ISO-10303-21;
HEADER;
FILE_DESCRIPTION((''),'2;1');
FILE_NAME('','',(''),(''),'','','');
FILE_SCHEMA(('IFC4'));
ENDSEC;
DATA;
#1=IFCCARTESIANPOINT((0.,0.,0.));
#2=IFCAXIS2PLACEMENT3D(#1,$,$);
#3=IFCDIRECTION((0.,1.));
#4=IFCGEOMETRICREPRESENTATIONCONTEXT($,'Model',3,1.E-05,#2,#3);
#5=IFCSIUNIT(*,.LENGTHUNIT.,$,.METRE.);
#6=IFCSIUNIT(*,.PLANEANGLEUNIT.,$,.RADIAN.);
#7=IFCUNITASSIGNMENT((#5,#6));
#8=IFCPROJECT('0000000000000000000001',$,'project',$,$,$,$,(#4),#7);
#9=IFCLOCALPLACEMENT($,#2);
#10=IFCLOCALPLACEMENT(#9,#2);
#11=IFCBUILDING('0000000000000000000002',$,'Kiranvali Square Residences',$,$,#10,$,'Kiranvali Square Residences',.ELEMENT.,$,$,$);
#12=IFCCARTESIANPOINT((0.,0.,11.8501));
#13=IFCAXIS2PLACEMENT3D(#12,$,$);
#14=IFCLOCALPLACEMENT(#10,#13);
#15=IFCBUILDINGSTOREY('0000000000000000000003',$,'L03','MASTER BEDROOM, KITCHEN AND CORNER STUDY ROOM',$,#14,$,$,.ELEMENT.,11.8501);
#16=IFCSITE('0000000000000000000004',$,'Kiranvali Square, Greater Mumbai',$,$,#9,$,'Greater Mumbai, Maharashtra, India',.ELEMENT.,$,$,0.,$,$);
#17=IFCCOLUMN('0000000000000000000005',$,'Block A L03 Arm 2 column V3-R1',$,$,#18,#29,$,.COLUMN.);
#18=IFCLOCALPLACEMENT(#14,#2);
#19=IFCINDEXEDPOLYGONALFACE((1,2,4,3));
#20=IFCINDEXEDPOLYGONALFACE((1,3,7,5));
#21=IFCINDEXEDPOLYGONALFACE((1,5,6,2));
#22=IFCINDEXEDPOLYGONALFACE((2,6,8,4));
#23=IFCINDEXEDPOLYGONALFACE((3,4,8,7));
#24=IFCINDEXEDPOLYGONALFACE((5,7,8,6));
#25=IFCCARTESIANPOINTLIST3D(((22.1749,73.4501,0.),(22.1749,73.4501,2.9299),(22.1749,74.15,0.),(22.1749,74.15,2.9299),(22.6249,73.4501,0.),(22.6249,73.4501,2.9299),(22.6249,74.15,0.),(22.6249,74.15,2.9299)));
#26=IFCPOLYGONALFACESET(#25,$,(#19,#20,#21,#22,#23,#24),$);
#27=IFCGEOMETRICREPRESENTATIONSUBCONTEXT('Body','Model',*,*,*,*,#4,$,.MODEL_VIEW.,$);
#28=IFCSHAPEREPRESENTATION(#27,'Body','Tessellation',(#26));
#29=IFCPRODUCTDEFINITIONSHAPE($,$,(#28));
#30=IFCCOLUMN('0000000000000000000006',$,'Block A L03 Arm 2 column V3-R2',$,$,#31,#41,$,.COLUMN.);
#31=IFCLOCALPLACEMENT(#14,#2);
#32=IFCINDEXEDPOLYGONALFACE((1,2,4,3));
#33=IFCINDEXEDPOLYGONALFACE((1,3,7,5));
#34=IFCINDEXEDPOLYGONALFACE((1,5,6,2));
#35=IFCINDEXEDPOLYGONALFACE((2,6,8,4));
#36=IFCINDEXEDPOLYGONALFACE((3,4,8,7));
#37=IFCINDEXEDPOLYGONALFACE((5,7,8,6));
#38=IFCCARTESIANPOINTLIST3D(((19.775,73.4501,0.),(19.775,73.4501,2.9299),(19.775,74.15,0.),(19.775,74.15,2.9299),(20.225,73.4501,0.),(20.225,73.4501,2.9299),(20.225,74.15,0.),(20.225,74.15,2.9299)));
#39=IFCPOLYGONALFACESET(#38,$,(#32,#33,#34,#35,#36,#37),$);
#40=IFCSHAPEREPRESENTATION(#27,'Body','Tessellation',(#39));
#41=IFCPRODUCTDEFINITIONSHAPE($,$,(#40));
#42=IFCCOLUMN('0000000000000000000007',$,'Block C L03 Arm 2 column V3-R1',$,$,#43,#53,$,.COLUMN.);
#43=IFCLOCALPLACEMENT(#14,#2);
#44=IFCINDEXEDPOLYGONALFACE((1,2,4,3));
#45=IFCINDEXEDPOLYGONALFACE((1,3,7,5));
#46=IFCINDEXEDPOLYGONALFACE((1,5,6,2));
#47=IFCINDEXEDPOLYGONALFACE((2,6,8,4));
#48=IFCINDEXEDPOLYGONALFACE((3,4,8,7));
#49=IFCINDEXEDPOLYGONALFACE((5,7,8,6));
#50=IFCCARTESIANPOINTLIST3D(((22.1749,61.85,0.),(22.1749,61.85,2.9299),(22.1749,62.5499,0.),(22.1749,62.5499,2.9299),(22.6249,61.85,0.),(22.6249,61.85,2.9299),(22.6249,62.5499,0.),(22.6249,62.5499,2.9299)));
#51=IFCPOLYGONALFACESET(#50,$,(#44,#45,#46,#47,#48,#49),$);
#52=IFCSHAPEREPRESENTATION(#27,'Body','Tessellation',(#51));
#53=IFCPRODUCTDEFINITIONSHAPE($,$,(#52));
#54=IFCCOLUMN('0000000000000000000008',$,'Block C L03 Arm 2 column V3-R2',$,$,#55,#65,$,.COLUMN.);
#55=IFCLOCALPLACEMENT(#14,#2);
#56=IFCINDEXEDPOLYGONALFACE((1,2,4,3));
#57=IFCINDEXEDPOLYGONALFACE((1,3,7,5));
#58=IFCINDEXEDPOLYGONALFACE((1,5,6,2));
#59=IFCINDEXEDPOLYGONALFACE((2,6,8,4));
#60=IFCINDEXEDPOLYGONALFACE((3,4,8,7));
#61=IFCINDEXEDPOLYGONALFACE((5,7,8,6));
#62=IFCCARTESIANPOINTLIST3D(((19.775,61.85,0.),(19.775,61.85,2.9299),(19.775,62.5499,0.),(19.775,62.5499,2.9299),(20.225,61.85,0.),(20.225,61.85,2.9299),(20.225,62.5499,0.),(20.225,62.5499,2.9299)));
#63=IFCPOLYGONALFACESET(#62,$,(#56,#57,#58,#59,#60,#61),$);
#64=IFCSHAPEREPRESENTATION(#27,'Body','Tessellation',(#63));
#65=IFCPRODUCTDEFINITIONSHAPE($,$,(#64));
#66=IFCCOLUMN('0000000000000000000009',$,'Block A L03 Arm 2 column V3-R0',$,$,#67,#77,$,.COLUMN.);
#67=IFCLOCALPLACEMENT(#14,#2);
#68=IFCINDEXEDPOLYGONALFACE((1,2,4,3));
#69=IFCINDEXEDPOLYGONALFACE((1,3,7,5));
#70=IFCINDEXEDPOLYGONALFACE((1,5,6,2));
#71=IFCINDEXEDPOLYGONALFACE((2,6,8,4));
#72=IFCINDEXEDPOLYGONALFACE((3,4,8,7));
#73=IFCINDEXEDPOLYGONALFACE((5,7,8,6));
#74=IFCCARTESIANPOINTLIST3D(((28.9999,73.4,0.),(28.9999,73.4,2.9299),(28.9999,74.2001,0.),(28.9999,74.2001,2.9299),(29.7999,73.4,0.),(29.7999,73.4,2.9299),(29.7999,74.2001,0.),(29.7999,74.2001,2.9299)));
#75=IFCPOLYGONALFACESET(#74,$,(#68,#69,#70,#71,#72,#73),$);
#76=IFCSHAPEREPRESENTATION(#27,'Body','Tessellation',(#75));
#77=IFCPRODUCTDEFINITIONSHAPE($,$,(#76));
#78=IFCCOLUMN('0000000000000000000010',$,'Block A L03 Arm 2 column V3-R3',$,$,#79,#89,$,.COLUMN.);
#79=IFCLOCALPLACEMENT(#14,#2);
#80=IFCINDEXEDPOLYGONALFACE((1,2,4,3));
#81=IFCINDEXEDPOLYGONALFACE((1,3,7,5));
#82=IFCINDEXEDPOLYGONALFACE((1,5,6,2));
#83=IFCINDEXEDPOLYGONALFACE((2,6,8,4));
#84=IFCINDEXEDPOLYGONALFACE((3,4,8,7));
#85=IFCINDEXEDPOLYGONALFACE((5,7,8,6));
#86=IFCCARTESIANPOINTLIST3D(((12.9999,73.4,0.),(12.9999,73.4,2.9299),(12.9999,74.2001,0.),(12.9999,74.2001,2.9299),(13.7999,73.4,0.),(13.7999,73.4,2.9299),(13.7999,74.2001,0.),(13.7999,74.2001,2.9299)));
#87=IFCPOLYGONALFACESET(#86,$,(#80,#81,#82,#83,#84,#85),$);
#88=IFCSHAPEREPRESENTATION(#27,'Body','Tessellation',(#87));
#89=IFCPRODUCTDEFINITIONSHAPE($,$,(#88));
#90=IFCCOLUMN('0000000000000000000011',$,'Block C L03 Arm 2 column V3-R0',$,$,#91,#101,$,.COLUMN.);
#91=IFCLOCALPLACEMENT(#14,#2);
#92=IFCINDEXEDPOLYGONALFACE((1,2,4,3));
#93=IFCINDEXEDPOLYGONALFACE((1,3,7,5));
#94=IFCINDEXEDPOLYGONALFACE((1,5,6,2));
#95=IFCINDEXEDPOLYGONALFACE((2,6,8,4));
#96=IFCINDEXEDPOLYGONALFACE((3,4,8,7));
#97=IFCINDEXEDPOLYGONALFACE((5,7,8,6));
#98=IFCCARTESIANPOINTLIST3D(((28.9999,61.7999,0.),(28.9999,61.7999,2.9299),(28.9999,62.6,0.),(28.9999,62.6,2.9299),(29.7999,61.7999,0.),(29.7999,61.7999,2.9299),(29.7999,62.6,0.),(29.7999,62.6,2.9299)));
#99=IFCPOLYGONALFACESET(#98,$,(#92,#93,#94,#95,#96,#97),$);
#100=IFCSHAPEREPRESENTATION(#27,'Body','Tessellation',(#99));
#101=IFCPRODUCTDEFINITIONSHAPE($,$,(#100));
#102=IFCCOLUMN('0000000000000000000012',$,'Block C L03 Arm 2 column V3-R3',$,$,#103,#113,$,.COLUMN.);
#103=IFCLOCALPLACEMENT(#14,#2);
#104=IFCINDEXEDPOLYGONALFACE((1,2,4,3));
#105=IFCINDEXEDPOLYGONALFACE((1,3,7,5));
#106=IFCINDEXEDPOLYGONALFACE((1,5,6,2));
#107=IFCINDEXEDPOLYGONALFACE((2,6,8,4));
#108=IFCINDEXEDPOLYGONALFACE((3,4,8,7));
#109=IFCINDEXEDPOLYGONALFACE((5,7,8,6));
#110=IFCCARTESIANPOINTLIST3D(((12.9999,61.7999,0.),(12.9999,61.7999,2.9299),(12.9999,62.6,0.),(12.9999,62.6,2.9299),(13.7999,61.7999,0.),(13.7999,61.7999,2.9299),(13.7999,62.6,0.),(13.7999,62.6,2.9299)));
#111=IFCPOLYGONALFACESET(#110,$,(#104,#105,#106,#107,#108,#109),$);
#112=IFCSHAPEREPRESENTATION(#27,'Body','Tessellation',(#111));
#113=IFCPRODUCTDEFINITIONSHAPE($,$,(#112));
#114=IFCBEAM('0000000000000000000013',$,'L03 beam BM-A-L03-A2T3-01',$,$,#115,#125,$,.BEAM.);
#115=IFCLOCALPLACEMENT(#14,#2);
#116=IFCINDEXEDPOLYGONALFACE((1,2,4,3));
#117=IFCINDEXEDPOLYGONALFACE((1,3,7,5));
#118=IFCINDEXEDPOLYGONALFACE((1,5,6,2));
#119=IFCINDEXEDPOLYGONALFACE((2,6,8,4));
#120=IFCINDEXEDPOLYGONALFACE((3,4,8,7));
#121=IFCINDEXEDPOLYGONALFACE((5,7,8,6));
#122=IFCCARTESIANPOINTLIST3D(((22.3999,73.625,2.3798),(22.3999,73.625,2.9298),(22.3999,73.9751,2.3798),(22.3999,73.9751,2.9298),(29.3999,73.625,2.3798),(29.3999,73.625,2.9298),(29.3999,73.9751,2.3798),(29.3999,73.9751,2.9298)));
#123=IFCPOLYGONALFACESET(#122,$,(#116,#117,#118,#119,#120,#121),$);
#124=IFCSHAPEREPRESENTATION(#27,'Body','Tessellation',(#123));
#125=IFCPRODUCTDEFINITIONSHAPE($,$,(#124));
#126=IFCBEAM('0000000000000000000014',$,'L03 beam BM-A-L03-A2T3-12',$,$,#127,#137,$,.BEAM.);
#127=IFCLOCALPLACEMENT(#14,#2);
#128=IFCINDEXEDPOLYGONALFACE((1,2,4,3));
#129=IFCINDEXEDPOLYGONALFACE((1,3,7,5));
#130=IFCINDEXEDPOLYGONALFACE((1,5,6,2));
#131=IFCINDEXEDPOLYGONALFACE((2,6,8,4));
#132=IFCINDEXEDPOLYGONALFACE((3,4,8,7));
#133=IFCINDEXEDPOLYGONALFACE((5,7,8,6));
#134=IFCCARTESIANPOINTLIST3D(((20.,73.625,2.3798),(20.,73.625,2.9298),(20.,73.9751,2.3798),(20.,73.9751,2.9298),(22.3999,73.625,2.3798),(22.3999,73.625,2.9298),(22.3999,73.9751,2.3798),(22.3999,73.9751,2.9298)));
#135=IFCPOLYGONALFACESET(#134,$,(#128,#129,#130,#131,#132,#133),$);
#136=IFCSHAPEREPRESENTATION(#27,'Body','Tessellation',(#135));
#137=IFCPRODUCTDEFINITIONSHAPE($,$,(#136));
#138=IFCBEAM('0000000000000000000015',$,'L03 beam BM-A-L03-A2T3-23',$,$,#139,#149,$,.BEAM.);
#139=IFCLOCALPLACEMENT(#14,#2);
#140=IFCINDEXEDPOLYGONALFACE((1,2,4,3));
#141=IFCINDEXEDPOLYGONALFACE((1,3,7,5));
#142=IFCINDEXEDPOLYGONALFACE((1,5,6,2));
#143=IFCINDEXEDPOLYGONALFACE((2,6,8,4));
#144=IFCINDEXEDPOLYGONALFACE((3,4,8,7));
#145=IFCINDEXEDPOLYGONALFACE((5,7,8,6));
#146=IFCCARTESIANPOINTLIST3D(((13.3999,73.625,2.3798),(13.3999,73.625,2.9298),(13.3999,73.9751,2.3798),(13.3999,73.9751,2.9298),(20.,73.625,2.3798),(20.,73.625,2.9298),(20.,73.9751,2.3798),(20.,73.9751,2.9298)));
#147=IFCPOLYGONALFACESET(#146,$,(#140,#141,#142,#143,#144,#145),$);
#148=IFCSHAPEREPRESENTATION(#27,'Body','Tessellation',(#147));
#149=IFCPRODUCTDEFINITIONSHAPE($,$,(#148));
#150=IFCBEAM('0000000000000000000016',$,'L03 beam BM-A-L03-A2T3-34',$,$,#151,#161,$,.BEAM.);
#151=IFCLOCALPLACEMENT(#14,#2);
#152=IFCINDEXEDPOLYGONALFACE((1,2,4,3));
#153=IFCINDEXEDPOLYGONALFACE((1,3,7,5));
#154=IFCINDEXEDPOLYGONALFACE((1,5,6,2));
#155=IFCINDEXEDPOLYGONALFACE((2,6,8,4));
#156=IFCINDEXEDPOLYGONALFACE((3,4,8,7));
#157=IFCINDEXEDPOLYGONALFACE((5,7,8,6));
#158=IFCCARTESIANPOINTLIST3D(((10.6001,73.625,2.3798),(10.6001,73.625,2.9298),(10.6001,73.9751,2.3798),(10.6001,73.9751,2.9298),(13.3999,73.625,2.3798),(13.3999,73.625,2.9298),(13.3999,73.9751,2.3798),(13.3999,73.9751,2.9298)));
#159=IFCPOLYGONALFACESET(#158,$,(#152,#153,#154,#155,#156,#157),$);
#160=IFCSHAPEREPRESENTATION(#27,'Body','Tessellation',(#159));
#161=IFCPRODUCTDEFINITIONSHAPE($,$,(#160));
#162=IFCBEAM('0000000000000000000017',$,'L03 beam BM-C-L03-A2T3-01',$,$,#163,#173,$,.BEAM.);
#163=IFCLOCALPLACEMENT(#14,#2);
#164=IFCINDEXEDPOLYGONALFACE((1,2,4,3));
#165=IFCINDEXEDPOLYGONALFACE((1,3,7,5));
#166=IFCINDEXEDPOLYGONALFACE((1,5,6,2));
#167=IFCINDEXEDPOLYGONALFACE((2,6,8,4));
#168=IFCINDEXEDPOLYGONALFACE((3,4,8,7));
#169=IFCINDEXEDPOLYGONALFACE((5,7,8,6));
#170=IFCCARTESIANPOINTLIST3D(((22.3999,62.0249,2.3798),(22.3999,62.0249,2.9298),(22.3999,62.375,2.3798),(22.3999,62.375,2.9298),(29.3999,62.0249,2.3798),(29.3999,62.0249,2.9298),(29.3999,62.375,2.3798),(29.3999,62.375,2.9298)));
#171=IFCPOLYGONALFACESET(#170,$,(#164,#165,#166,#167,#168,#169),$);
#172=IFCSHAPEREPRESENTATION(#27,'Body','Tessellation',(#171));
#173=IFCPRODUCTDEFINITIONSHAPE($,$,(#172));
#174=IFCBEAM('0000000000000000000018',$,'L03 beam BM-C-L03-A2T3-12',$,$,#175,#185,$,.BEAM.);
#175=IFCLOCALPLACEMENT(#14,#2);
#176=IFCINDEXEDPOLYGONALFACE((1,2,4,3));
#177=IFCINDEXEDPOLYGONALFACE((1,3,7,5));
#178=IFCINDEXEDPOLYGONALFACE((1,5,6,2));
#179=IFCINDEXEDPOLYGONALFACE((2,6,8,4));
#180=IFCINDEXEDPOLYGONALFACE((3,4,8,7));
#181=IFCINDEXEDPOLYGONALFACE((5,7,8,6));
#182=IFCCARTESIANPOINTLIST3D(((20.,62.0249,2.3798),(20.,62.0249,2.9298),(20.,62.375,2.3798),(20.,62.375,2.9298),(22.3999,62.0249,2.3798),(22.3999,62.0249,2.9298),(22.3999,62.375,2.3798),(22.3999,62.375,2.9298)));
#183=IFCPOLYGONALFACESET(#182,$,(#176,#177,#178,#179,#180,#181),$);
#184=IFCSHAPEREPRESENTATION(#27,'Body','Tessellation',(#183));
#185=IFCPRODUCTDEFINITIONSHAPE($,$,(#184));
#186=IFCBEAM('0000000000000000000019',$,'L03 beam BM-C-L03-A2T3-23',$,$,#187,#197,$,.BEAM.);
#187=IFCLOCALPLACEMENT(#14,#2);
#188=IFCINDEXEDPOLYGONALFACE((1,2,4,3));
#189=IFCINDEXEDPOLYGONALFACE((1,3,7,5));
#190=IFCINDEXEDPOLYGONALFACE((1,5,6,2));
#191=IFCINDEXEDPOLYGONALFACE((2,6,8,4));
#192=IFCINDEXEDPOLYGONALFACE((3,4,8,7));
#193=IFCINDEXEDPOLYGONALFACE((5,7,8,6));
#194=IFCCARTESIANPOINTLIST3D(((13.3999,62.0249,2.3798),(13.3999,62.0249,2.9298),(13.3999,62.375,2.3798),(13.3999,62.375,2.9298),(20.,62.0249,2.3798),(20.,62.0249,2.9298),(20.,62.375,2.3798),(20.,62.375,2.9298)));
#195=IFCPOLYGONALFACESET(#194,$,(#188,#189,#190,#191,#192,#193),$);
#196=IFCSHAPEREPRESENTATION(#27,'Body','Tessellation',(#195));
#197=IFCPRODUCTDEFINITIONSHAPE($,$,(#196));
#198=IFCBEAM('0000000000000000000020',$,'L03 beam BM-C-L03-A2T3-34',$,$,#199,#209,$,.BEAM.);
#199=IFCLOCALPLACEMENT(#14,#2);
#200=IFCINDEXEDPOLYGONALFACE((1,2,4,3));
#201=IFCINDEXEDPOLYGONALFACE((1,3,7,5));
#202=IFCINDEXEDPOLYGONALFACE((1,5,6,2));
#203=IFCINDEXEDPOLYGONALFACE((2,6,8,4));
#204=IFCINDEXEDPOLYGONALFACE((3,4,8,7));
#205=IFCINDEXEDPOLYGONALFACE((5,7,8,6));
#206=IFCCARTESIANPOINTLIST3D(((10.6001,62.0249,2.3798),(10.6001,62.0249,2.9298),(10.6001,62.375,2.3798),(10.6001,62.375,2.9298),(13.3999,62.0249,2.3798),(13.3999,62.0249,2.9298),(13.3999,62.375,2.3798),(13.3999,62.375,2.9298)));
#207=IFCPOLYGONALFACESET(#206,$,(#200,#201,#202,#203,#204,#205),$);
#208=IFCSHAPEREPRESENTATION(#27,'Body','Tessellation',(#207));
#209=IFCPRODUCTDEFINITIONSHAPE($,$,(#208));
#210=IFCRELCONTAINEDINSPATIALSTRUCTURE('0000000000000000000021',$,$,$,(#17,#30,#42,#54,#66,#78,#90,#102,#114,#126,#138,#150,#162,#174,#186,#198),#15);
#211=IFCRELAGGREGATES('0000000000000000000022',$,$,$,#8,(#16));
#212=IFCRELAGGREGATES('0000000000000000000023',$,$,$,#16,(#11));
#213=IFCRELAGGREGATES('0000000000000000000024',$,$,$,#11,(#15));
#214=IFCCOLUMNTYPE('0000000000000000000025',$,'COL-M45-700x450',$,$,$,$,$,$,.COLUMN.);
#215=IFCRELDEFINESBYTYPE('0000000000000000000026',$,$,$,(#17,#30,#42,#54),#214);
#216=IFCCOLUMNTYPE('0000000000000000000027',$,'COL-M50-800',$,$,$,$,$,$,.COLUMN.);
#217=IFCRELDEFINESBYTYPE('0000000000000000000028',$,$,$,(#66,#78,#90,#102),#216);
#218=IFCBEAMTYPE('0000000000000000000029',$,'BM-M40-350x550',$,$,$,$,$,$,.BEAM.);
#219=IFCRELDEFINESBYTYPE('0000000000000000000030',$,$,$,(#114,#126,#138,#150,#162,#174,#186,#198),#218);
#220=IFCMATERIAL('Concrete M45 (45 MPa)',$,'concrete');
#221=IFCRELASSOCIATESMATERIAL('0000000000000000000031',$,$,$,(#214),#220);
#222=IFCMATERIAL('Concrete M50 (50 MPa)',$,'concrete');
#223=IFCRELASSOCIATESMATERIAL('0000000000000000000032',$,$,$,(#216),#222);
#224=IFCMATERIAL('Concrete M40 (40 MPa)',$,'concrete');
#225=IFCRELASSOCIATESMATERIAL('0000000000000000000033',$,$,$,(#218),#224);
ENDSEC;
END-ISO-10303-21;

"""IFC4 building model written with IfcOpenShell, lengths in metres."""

from ifc_helpers import new_model, si_unit, direction, frame, origin, origin_2d, place, context, subcontext, project, spatial, rectangle, extrude, material, material_profile, profile_set, type_object, element, save


model = new_model("IFC4")

# Units and contexts
model_context = context("Model", 3, precision=1e-05, world=origin(), true_north=direction((0.0, 1.0)))
body_context = subcontext(model_context, "Body", "Model", "MODEL_VIEW")
ifc_project = project(units=[si_unit("LENGTHUNIT", "METRE"), si_unit("PLANEANGLEUNIT", "RADIAN")], contexts=[model_context])

# Site, building, storey
site_placement = place(None, origin())
site = spatial("IfcSite", under=ifc_project, at=site_placement, Name="Kiranvali Square, Greater Mumbai", LongName="Greater Mumbai, Maharashtra, India", CompositionType="ELEMENT", RefElevation=0.0)
building_placement = place(site_placement, origin())
building = spatial("IfcBuilding", under=site, at=building_placement, Name="Kiranvali Square Residences", LongName="Kiranvali Square Residences", CompositionType="ELEMENT")
storey_placement = place(building_placement, frame((0.0, 0.0, 11.8501)))
storey = spatial("IfcBuildingStorey", under=building, at=storey_placement, Name="L03", Description="MASTER BEDROOM, KITCHEN AND CORNER STUDY ROOM", CompositionType="ELEMENT", Elevation=11.8501)

# Columns
ifc_material_1 = material(Name="Concrete M45 (45 MPa)", Category="concrete")
ifc_material_profile_1 = material_profile(ifc_material_1, rectangle(XDim=0.45, YDim=0.7, at=origin_2d()), Name="RC 700x450")
ifc_profile_set_1 = profile_set([ifc_material_profile_1], Name="Concrete M45 (45 MPa)")
column_type_1 = type_object("IfcColumnType", Name="COL-M45-700x450", PredefinedType="COLUMN", material=ifc_profile_set_1)
for number, where, z_axis, x_axis, name in (
    (1, (22.3999, 73.8, 0.0), (0.0, 0.0, 1.0), (1.0, 0.0, 0.0), "Block A L03 Arm 2 column V3-R1"),
    (2, (20.0, 73.8, 0.0), (0.0, 0.0, 1.0), (1.0, 0.0, 0.0), "Block A L03 Arm 2 column V3-R2"),
    (3, (22.3999, 62.2, 0.0), (0.0, 0.0, 1.0), (1.0, 0.0, 0.0), "Block C L03 Arm 2 column V3-R1"),
    (4, (20.0, 62.2, 0.0), (0.0, 0.0, 1.0), (1.0, 0.0, 0.0), "Block C L03 Arm 2 column V3-R2"),
):
    element("IfcColumn", number, at=place(storey_placement, frame(where, z_axis=z_axis, x_axis=x_axis)), inside=storey, type_object=column_type_1, Name=name, PredefinedType="COLUMN", context=body_context, shape_type="SweptSolid", body=[
        extrude(rectangle(XDim=0.45, YDim=0.7, at=origin_2d()), origin(), (0.0, 0.0, 1.0), 2.9299),
    ])
ifc_material_2 = material(Name="Concrete M50 (50 MPa)", Category="concrete")
ifc_material_profile_2 = material_profile(ifc_material_2, rectangle(XDim=0.8, YDim=0.8, at=origin_2d()), Name="RC 800x800")
ifc_profile_set_2 = profile_set([ifc_material_profile_2], Name="Concrete M50 (50 MPa)")
column_type_2 = type_object("IfcColumnType", Name="COL-M50-800", PredefinedType="COLUMN", material=ifc_profile_set_2)
for number, where, z_axis, x_axis, name in (
    (5, (29.3999, 73.8, 0.0), (0.0, 0.0, 1.0), (1.0, 0.0, 0.0), "Block A L03 Arm 2 column V3-R0"),
    (6, (13.3999, 73.8, 0.0), (0.0, 0.0, 1.0), (1.0, 0.0, 0.0), "Block A L03 Arm 2 column V3-R3"),
    (7, (29.3999, 62.2, 0.0), (0.0, 0.0, 1.0), (1.0, 0.0, 0.0), "Block C L03 Arm 2 column V3-R0"),
    (8, (13.3999, 62.2, 0.0), (0.0, 0.0, 1.0), (1.0, 0.0, 0.0), "Block C L03 Arm 2 column V3-R3"),
):
    element("IfcColumn", number, at=place(storey_placement, frame(where, z_axis=z_axis, x_axis=x_axis)), inside=storey, type_object=column_type_2, Name=name, PredefinedType="COLUMN", context=body_context, shape_type="SweptSolid", body=[
        extrude(rectangle(XDim=0.8, YDim=0.8, at=origin_2d()), origin(), (0.0, 0.0, 1.0), 2.9299),
    ])

# Beams
ifc_material_3 = material(Name="Concrete M40 (40 MPa)", Category="concrete")
ifc_material_profile_3 = material_profile(ifc_material_3, rectangle(XDim=0.3501, YDim=0.55, at=origin_2d()), Name="RC 350x550")
ifc_profile_set_3 = profile_set([ifc_material_profile_3], Name="Concrete M40 (40 MPa)")
beam_type = type_object("IfcBeamType", Name="BM-M40-350x550", PredefinedType="BEAM", material=ifc_profile_set_3)
beam_1_placement = place(storey_placement, frame((29.3999, 73.8, 2.6548), z_axis=(-1.0, 0.0, 0.0), x_axis=(0.0, -1.0, 0.0)))
element("IfcBeam", 9, at=beam_1_placement, inside=storey, type_object=beam_type, Name="L03 beam BM-A-L03-A2T3-01", PredefinedType="BEAM", context=body_context, shape_type="SweptSolid", body=[
    extrude(rectangle(XDim=0.3501, YDim=0.55, at=origin_2d()), origin(), (0.0, 0.0, 1.0), 7.0),
])
beam_2_placement = place(storey_placement, frame((22.3999, 73.8, 2.6548), z_axis=(-1.0, 0.0, 0.0), x_axis=(0.0, -1.0, 0.0)))
element("IfcBeam", 10, at=beam_2_placement, inside=storey, type_object=beam_type, Name="L03 beam BM-A-L03-A2T3-12", PredefinedType="BEAM", context=body_context, shape_type="SweptSolid", body=[
    extrude(rectangle(XDim=0.3501, YDim=0.55, at=origin_2d()), origin(), (0.0, 0.0, 1.0), 2.3999),
])
beam_3_placement = place(storey_placement, frame((20.0, 73.8, 2.6548), z_axis=(-1.0, 0.0, 0.0), x_axis=(0.0, -1.0, 0.0)))
element("IfcBeam", 11, at=beam_3_placement, inside=storey, type_object=beam_type, Name="L03 beam BM-A-L03-A2T3-23", PredefinedType="BEAM", context=body_context, shape_type="SweptSolid", body=[
    extrude(rectangle(XDim=0.3501, YDim=0.55, at=origin_2d()), origin(), (0.0, 0.0, 1.0), 6.6001),
])
beam_4_placement = place(storey_placement, frame((13.3999, 73.8, 2.6548), z_axis=(-1.0, 0.0, 0.0), x_axis=(0.0, -1.0, 0.0)))
element("IfcBeam", 12, at=beam_4_placement, inside=storey, type_object=beam_type, Name="L03 beam BM-A-L03-A2T3-34", PredefinedType="BEAM", context=body_context, shape_type="SweptSolid", body=[
    extrude(rectangle(XDim=0.3501, YDim=0.55, at=origin_2d()), origin(), (0.0, 0.0, 1.0), 2.7998),
])
beam_5_placement = place(storey_placement, frame((29.3999, 62.2, 2.6548), z_axis=(-1.0, 0.0, 0.0), x_axis=(0.0, -1.0, 0.0)))
element("IfcBeam", 13, at=beam_5_placement, inside=storey, type_object=beam_type, Name="L03 beam BM-C-L03-A2T3-01", PredefinedType="BEAM", context=body_context, shape_type="SweptSolid", body=[
    extrude(rectangle(XDim=0.3501, YDim=0.55, at=origin_2d()), origin(), (0.0, 0.0, 1.0), 7.0),
])
beam_6_placement = place(storey_placement, frame((22.3999, 62.2, 2.6548), z_axis=(-1.0, 0.0, 0.0), x_axis=(0.0, -1.0, 0.0)))
element("IfcBeam", 14, at=beam_6_placement, inside=storey, type_object=beam_type, Name="L03 beam BM-C-L03-A2T3-12", PredefinedType="BEAM", context=body_context, shape_type="SweptSolid", body=[
    extrude(rectangle(XDim=0.3501, YDim=0.55, at=origin_2d()), origin(), (0.0, 0.0, 1.0), 2.3999),
])
beam_7_placement = place(storey_placement, frame((20.0, 62.2, 2.6548), z_axis=(-1.0, 0.0, 0.0), x_axis=(0.0, -1.0, 0.0)))
element("IfcBeam", 15, at=beam_7_placement, inside=storey, type_object=beam_type, Name="L03 beam BM-C-L03-A2T3-23", PredefinedType="BEAM", context=body_context, shape_type="SweptSolid", body=[
    extrude(rectangle(XDim=0.3501, YDim=0.55, at=origin_2d()), origin(), (0.0, 0.0, 1.0), 6.6001),
])
beam_8_placement = place(storey_placement, frame((13.3999, 62.2, 2.6548), z_axis=(-1.0, 0.0, 0.0), x_axis=(0.0, -1.0, 0.0)))
element("IfcBeam", 16, at=beam_8_placement, inside=storey, type_object=beam_type, Name="L03 beam BM-C-L03-A2T3-34", PredefinedType="BEAM", context=body_context, shape_type="SweptSolid", body=[
    extrude(rectangle(XDim=0.3501, YDim=0.55, at=origin_2d()), origin(), (0.0, 0.0, 1.0), 2.7998),
])

save(model, "model.ifc")
